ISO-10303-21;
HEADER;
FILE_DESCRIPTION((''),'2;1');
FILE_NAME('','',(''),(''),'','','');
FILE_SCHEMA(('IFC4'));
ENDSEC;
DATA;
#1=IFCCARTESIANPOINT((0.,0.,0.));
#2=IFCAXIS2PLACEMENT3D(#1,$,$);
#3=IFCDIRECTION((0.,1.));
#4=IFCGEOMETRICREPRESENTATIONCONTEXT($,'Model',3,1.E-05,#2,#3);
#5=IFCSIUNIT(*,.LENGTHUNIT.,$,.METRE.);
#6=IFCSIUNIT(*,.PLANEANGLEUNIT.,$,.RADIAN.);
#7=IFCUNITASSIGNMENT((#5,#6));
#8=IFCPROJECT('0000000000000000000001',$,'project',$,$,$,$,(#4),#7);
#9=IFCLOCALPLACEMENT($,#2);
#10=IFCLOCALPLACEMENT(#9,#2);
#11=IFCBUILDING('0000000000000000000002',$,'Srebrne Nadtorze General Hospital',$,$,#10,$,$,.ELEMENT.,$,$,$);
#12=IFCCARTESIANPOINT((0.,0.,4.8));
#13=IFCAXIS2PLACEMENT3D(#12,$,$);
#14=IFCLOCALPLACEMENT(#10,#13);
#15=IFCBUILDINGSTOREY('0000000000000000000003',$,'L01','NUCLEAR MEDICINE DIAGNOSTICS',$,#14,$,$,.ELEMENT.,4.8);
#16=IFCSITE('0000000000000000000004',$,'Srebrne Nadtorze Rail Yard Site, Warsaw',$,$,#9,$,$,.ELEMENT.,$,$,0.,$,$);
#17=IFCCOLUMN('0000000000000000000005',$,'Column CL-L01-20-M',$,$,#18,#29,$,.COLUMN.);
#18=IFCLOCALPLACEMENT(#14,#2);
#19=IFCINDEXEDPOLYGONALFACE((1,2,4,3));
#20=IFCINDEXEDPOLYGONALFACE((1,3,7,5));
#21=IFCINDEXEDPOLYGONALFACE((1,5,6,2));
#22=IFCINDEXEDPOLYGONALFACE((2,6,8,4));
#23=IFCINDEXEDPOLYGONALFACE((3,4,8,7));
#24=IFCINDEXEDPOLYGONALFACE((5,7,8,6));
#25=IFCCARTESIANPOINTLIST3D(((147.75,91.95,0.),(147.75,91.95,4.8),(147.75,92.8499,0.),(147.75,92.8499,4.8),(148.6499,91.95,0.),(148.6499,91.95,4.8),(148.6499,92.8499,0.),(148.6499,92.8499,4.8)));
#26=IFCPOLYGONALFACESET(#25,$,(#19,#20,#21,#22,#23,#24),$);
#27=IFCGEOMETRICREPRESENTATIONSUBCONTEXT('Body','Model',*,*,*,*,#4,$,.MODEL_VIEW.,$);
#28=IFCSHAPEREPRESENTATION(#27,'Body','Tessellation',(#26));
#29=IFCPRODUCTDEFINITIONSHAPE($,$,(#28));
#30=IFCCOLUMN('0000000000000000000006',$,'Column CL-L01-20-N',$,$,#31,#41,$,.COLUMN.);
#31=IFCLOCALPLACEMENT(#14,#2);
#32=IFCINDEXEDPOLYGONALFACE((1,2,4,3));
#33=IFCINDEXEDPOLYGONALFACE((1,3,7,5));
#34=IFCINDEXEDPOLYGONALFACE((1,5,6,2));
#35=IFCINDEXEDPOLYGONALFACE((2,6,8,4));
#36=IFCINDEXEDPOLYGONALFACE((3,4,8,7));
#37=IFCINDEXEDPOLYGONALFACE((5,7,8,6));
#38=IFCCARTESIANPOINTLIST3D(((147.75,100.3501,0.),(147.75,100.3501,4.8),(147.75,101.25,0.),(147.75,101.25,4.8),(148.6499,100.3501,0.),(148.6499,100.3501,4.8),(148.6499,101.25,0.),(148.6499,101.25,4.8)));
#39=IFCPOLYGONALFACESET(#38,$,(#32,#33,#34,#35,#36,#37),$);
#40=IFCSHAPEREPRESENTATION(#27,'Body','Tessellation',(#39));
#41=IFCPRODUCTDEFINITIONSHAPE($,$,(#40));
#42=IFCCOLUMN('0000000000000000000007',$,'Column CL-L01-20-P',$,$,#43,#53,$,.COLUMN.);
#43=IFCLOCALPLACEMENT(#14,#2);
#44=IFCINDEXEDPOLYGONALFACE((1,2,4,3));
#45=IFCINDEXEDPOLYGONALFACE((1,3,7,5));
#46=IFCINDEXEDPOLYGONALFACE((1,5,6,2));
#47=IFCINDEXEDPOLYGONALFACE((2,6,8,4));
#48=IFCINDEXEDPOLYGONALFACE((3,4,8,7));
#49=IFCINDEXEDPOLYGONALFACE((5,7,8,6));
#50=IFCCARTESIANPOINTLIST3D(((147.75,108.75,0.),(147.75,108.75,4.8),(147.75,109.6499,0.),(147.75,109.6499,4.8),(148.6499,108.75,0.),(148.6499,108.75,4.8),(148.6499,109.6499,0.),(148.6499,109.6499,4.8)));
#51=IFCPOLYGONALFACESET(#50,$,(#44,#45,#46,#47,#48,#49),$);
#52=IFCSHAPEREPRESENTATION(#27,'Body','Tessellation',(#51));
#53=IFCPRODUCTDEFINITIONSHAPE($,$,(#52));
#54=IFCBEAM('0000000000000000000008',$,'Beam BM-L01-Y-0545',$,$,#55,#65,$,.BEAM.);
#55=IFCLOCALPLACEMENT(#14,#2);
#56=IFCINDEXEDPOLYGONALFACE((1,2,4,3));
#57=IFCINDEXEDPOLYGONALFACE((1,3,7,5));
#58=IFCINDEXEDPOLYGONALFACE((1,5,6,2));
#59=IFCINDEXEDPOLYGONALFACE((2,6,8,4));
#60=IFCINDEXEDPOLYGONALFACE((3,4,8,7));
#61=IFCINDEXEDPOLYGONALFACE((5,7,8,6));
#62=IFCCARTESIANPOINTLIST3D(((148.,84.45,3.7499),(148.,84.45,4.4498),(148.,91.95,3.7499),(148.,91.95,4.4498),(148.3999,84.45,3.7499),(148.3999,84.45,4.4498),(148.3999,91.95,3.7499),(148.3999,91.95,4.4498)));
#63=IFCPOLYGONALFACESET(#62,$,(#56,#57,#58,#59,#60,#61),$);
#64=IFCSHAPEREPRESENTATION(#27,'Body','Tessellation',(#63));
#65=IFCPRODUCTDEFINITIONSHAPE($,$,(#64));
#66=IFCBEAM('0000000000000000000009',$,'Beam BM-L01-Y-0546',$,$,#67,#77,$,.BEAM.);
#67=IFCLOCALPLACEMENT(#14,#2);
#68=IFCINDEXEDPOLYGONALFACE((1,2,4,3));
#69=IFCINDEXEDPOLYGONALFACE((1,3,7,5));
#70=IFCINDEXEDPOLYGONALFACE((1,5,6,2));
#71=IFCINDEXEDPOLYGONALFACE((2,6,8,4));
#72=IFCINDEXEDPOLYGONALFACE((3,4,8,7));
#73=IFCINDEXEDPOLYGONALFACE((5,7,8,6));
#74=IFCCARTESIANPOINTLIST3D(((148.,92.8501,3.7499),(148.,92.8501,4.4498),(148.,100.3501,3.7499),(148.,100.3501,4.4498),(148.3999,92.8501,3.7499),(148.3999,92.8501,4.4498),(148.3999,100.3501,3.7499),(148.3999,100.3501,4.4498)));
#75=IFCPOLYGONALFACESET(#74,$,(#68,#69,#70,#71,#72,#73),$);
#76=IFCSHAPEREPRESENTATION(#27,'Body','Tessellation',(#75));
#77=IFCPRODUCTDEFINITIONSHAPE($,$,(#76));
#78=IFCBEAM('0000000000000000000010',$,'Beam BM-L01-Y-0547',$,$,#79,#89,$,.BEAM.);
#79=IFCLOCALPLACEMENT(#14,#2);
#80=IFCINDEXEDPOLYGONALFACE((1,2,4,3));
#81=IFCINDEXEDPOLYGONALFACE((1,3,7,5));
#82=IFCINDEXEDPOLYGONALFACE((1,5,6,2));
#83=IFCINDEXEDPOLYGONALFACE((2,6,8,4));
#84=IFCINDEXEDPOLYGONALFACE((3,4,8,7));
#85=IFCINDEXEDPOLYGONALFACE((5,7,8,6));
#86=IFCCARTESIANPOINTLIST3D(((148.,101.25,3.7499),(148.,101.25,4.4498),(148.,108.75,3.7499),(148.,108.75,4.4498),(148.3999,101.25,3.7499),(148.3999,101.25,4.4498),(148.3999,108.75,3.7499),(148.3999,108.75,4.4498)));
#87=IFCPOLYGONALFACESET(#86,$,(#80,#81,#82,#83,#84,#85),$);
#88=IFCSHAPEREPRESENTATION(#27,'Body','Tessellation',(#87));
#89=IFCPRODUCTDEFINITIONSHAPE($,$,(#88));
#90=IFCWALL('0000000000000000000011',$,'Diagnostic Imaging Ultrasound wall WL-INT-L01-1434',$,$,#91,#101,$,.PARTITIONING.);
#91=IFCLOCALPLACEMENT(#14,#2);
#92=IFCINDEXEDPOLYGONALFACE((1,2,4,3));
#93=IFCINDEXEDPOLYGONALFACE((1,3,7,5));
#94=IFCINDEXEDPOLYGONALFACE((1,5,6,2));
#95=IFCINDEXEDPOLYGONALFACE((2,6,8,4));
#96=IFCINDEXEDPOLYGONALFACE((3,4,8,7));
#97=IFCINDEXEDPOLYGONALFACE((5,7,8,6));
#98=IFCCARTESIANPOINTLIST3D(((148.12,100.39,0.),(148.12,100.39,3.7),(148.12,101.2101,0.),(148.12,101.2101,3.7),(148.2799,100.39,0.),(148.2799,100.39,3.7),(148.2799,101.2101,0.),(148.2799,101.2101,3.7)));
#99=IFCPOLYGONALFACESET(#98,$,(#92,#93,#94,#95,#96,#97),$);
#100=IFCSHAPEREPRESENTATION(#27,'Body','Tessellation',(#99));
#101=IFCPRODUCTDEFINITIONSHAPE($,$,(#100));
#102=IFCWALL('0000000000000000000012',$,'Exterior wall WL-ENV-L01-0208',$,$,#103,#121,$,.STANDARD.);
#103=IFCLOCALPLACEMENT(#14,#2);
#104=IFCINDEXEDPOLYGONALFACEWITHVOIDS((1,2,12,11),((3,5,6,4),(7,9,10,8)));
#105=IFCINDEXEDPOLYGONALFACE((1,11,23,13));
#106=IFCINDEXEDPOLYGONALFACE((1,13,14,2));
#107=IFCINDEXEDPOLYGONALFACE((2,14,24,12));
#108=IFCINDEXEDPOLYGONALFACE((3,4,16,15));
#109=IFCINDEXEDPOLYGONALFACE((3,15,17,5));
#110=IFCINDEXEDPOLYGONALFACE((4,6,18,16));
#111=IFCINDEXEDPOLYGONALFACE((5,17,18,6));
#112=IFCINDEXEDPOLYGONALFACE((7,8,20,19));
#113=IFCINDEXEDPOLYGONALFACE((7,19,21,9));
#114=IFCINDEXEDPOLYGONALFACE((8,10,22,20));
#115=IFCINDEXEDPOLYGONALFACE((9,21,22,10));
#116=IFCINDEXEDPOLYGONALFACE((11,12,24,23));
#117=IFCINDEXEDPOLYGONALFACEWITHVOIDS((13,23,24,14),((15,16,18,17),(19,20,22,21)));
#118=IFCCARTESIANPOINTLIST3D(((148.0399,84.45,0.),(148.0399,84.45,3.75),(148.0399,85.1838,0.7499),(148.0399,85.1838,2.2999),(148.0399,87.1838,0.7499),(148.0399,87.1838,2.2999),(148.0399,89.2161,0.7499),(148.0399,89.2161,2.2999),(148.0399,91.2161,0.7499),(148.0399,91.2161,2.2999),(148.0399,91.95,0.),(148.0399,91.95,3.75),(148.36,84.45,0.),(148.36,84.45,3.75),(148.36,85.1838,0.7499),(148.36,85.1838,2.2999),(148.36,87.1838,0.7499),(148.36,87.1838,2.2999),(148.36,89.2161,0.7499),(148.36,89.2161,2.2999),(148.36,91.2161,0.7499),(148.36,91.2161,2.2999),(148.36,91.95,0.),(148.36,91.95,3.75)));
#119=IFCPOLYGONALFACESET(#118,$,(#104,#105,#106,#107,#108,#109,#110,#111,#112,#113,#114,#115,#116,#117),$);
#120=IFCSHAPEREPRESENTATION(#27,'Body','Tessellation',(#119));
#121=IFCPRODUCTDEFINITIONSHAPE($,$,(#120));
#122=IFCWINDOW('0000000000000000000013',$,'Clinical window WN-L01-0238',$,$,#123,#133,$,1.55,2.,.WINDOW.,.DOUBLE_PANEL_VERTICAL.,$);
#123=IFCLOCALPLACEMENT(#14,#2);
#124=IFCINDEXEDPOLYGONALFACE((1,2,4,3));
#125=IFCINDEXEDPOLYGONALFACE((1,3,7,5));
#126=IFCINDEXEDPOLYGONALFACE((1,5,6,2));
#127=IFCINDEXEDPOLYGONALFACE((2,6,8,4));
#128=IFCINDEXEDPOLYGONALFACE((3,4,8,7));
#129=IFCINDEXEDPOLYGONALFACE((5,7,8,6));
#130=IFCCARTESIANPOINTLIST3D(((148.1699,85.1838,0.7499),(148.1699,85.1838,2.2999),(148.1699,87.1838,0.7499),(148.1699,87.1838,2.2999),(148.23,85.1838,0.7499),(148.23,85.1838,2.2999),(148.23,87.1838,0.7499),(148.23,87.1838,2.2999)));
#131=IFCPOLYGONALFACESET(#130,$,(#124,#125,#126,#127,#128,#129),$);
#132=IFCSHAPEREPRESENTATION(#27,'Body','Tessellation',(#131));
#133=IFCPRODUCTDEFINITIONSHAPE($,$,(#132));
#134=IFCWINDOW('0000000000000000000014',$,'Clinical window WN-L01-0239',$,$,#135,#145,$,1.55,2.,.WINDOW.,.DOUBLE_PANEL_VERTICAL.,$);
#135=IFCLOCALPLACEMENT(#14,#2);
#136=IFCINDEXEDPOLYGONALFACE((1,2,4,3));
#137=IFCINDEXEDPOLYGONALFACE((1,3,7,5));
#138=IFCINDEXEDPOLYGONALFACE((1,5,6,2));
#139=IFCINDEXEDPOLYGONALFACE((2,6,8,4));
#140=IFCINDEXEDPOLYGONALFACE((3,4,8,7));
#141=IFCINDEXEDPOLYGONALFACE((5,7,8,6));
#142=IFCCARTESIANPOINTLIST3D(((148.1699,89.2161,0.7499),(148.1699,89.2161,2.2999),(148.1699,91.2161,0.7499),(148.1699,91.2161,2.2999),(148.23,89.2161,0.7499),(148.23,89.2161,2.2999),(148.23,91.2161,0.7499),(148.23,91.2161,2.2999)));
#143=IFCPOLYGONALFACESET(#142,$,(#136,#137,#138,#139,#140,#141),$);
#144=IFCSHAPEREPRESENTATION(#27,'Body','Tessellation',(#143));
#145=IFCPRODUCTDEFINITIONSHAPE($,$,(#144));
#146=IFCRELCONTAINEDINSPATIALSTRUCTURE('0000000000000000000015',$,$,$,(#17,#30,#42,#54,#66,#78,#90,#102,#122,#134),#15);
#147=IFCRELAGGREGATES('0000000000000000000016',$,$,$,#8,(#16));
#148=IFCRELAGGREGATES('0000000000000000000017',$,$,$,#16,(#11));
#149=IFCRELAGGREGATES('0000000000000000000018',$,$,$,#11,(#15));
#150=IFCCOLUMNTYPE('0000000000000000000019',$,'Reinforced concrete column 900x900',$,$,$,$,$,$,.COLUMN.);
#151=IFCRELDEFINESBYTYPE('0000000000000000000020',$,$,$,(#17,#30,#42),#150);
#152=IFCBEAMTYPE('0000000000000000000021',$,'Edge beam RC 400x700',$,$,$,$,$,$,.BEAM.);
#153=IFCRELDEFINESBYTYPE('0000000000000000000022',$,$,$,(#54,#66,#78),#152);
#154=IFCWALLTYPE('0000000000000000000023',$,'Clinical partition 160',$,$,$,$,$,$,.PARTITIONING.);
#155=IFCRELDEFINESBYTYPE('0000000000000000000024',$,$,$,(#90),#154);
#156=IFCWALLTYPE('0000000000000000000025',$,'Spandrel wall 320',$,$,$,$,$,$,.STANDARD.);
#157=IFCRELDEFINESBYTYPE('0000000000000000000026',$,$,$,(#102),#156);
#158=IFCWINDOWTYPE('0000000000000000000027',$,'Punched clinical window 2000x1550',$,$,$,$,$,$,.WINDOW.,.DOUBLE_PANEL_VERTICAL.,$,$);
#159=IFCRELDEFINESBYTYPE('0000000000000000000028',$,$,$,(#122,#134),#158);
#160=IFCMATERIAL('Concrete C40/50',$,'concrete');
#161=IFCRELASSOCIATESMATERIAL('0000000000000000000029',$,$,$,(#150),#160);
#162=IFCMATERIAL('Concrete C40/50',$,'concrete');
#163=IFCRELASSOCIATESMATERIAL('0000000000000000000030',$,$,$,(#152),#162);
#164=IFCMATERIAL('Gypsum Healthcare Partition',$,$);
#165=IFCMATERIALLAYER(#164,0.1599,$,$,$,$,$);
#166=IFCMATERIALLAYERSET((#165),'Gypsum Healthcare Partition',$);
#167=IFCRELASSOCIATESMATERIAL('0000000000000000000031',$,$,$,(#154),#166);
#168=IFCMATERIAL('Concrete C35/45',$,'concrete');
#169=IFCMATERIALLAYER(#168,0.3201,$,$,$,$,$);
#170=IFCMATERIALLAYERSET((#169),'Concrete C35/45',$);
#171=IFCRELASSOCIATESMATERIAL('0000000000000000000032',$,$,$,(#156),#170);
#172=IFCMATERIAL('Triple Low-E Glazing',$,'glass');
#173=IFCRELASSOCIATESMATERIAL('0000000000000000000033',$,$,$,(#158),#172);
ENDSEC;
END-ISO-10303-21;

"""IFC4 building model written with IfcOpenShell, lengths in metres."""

from ifc_helpers import new_model, si_unit, direction, frame, frame_2d, origin, origin_2d, place, context, subcontext, project, spatial, rectangle, extrude, material, layer, layer_set, material_profile, profile_set, type_object, element, fill, save


model = new_model("IFC4")

# Units and contexts
model_context = context("Model", 3, precision=1e-05, world=origin(), true_north=direction((0.0, 1.0)))
body_context = subcontext(model_context, "Body", "Model", "MODEL_VIEW")
ifc_project = project(units=[si_unit("LENGTHUNIT", "METRE"), si_unit("PLANEANGLEUNIT", "RADIAN")], contexts=[model_context])

# Site, building, storey
site_placement = place(None, origin())
site = spatial("IfcSite", under=ifc_project, at=site_placement, Name="Srebrne Nadtorze Rail Yard Site, Warsaw", CompositionType="ELEMENT", RefElevation=0.0)
building_placement = place(site_placement, origin())
building = spatial("IfcBuilding", under=site, at=building_placement, Name="Srebrne Nadtorze General Hospital", CompositionType="ELEMENT")
storey_placement = place(building_placement, frame((0.0, 0.0, 4.8)))
storey = spatial("IfcBuildingStorey", under=building, at=storey_placement, Name="L01", Description="NUCLEAR MEDICINE DIAGNOSTICS", CompositionType="ELEMENT", Elevation=4.8)

# Columns
ifc_material_1 = material(Name="Concrete C40/50", Category="concrete")
ifc_material_profile_1 = material_profile(ifc_material_1, rectangle(XDim=0.8999, YDim=0.8999, at=origin_2d()), Name="RC-COL-900x900")
ifc_profile_set_1 = profile_set([ifc_material_profile_1], Name="Concrete C40/50")
column_type = type_object("IfcColumnType", Name="Reinforced concrete column 900x900", PredefinedType="COLUMN", material=ifc_profile_set_1)
for number, where, z_axis, x_axis, name in (
    (1, (148.2, 92.3999, 0.0), (0.0, 0.0, 1.0), (1.0, 0.0, 0.0), "Column CL-L01-20-M"),
    (2, (148.2, 100.8, 0.0), (0.0, 0.0, 1.0), (1.0, 0.0, 0.0), "Column CL-L01-20-N"),
    (3, (148.2, 109.2, 0.0), (0.0, 0.0, 1.0), (1.0, 0.0, 0.0), "Column CL-L01-20-P"),
):
    element("IfcColumn", number, at=place(storey_placement, frame(where, z_axis=z_axis, x_axis=x_axis)), inside=storey, type_object=column_type, Name=name, PredefinedType="COLUMN", context=body_context, shape_type="SweptSolid", body=[
        extrude(rectangle(XDim=0.8999, YDim=0.8999, at=origin_2d()), origin(), (0.0, 0.0, 1.0), 4.8),
    ])

# Beams
ifc_material_2 = material(Name="Concrete C40/50", Category="concrete")
ifc_material_profile_2 = material_profile(ifc_material_2, rectangle(XDim=0.3999, YDim=0.7, at=origin_2d()), Name="RC-BM-400x700")
ifc_profile_set_2 = profile_set([ifc_material_profile_2], Name="Concrete C40/50")
beam_type = type_object("IfcBeamType", Name="Edge beam RC 400x700", PredefinedType="BEAM", material=ifc_profile_set_2)
for number, where, z_axis, x_axis, name in (
    (4, (148.2, 84.45, 4.0999), (0.0, 1.0, 0.0), (-1.0, 0.0, 0.0), "Beam BM-L01-Y-0545"),
    (5, (148.2, 92.8501, 4.0999), (0.0, 1.0, 0.0), (-1.0, 0.0, 0.0), "Beam BM-L01-Y-0546"),
    (6, (148.2, 101.25, 4.0999), (0.0, 1.0, 0.0), (-1.0, 0.0, 0.0), "Beam BM-L01-Y-0547"),
):
    element("IfcBeam", number, at=place(storey_placement, frame(where, z_axis=z_axis, x_axis=x_axis)), inside=storey, type_object=beam_type, Name=name, PredefinedType="BEAM", context=body_context, shape_type="SweptSolid", body=[
        extrude(rectangle(XDim=0.3999, YDim=0.7, at=origin_2d()), origin(), (0.0, 0.0, 1.0), 7.5),
    ])

# Wall
ifc_material_3 = material(Name="Gypsum Healthcare Partition")
ifc_layer_1 = layer(ifc_material_3, 0.1599)
ifc_layer_set_1 = layer_set([ifc_layer_1], Name="Gypsum Healthcare Partition")
wall_type_1 = type_object("IfcWallType", Name="Clinical partition 160", PredefinedType="PARTITIONING", material=ifc_layer_set_1)
wall_1_placement = place(storey_placement, frame((148.2, 100.3899, 0.0), z_axis=(0.0, 0.0, 1.0), x_axis=(0.0, 1.0, 0.0)))
element("IfcWall", 7, at=wall_1_placement, inside=storey, type_object=wall_type_1, Name="Diagnostic Imaging Ultrasound wall WL-INT-L01-1434", PredefinedType="PARTITIONING", context=body_context, shape_type="SweptSolid", body=[
    extrude(rectangle(XDim=0.8201, YDim=0.1599, at=frame_2d((0.4102, 0.0))), origin(), (0.0, 0.0, 1.0), 3.7),
])

# Wall, openings, windows
ifc_material_4 = material(Name="Concrete C35/45", Category="concrete")
ifc_layer_2 = layer(ifc_material_4, 0.3201)
ifc_layer_set_2 = layer_set([ifc_layer_2], Name="Concrete C35/45")
wall_type_2 = type_object("IfcWallType", Name="Spandrel wall 320", PredefinedType="STANDARD", material=ifc_layer_set_2)
wall_2_placement = place(storey_placement, frame((148.2, 84.45, 0.0), z_axis=(0.0, 0.0, 1.0), x_axis=(0.0, 1.0, 0.0)))
wall_2 = element("IfcWall", 8, at=wall_2_placement, inside=storey, type_object=wall_type_2, Name="Exterior wall WL-ENV-L01-0208", PredefinedType="STANDARD", context=body_context, shape_type="SweptSolid", body=[
    extrude(rectangle(XDim=7.5, YDim=0.3201, at=frame_2d((3.75, 0.0))), origin(), (0.0, 0.0, 1.0), 3.75),
])
opening_1_placement = place(wall_2_placement, frame((0.7339, 0.0, 0.75)))
opening_1 = element("IfcOpeningElement", 9, at=opening_1_placement, cuts=wall_2, PredefinedType="OPENING", context=body_context, shape_type="SweptSolid", body=[
    extrude(rectangle(XDim=2.0, YDim=1.55, at=frame_2d((1.0, 0.7749))), frame((0.0, 0.1719, 0.0), z_axis=(0.0, -1.0, 0.0), x_axis=(1.0, 0.0, 0.0)), (0.0, 0.0, 1.0), 0.344),
])
opening_2_placement = place(wall_2_placement, frame((4.7661, 0.0, 0.75)))
opening_2 = element("IfcOpeningElement", 10, at=opening_2_placement, cuts=wall_2, PredefinedType="OPENING", context=body_context, shape_type="SweptSolid", body=[
    extrude(rectangle(XDim=2.0, YDim=1.55, at=frame_2d((1.0, 0.7749))), frame((0.0, 0.1719, 0.0), z_axis=(0.0, -1.0, 0.0), x_axis=(1.0, 0.0, 0.0)), (0.0, 0.0, 1.0), 0.344),
])
ifc_material_5 = material(Name="Triple Low-E Glazing", Category="glass")
window_type_1 = type_object("IfcWindowType", Name="Punched clinical window 2000x1550", PartitioningType="DOUBLE_PANEL_VERTICAL", PredefinedType="WINDOW", material=ifc_material_5)
window_1_placement = place(opening_1_placement, origin())
window_1 = element("IfcWindow", 11, at=window_1_placement, inside=storey, type_object=window_type_1, Name="Clinical window WN-L01-0238", OverallHeight=1.55, OverallWidth=2.0, PartitioningType="DOUBLE_PANEL_VERTICAL", PredefinedType="WINDOW", context=body_context, shape_type="SweptSolid", body=[
    extrude(rectangle(XDim=2.0, YDim=1.55, at=frame_2d((1.0, 0.7749))), frame((0.0, 0.03, 0.0), z_axis=(0.0, -1.0, 0.0), x_axis=(1.0, 0.0, 0.0)), (0.0, 0.0, 1.0), 0.0601),
])
fill(opening_1, window_1)
window_2_placement = place(opening_2_placement, origin())
window_2 = element("IfcWindow", 12, at=window_2_placement, inside=storey, type_object=window_type_1, Name="Clinical window WN-L01-0239", OverallHeight=1.55, OverallWidth=2.0, PartitioningType="DOUBLE_PANEL_VERTICAL", PredefinedType="WINDOW", context=body_context, shape_type="SweptSolid", body=[
    extrude(rectangle(XDim=2.0, YDim=1.55, at=frame_2d((1.0, 0.7749))), frame((0.0, 0.03, 0.0), z_axis=(0.0, -1.0, 0.0), x_axis=(1.0, 0.0, 0.0)), (0.0, 0.0, 1.0), 0.0601),
])
fill(opening_2, window_2)

save(model, "model.ifc")
